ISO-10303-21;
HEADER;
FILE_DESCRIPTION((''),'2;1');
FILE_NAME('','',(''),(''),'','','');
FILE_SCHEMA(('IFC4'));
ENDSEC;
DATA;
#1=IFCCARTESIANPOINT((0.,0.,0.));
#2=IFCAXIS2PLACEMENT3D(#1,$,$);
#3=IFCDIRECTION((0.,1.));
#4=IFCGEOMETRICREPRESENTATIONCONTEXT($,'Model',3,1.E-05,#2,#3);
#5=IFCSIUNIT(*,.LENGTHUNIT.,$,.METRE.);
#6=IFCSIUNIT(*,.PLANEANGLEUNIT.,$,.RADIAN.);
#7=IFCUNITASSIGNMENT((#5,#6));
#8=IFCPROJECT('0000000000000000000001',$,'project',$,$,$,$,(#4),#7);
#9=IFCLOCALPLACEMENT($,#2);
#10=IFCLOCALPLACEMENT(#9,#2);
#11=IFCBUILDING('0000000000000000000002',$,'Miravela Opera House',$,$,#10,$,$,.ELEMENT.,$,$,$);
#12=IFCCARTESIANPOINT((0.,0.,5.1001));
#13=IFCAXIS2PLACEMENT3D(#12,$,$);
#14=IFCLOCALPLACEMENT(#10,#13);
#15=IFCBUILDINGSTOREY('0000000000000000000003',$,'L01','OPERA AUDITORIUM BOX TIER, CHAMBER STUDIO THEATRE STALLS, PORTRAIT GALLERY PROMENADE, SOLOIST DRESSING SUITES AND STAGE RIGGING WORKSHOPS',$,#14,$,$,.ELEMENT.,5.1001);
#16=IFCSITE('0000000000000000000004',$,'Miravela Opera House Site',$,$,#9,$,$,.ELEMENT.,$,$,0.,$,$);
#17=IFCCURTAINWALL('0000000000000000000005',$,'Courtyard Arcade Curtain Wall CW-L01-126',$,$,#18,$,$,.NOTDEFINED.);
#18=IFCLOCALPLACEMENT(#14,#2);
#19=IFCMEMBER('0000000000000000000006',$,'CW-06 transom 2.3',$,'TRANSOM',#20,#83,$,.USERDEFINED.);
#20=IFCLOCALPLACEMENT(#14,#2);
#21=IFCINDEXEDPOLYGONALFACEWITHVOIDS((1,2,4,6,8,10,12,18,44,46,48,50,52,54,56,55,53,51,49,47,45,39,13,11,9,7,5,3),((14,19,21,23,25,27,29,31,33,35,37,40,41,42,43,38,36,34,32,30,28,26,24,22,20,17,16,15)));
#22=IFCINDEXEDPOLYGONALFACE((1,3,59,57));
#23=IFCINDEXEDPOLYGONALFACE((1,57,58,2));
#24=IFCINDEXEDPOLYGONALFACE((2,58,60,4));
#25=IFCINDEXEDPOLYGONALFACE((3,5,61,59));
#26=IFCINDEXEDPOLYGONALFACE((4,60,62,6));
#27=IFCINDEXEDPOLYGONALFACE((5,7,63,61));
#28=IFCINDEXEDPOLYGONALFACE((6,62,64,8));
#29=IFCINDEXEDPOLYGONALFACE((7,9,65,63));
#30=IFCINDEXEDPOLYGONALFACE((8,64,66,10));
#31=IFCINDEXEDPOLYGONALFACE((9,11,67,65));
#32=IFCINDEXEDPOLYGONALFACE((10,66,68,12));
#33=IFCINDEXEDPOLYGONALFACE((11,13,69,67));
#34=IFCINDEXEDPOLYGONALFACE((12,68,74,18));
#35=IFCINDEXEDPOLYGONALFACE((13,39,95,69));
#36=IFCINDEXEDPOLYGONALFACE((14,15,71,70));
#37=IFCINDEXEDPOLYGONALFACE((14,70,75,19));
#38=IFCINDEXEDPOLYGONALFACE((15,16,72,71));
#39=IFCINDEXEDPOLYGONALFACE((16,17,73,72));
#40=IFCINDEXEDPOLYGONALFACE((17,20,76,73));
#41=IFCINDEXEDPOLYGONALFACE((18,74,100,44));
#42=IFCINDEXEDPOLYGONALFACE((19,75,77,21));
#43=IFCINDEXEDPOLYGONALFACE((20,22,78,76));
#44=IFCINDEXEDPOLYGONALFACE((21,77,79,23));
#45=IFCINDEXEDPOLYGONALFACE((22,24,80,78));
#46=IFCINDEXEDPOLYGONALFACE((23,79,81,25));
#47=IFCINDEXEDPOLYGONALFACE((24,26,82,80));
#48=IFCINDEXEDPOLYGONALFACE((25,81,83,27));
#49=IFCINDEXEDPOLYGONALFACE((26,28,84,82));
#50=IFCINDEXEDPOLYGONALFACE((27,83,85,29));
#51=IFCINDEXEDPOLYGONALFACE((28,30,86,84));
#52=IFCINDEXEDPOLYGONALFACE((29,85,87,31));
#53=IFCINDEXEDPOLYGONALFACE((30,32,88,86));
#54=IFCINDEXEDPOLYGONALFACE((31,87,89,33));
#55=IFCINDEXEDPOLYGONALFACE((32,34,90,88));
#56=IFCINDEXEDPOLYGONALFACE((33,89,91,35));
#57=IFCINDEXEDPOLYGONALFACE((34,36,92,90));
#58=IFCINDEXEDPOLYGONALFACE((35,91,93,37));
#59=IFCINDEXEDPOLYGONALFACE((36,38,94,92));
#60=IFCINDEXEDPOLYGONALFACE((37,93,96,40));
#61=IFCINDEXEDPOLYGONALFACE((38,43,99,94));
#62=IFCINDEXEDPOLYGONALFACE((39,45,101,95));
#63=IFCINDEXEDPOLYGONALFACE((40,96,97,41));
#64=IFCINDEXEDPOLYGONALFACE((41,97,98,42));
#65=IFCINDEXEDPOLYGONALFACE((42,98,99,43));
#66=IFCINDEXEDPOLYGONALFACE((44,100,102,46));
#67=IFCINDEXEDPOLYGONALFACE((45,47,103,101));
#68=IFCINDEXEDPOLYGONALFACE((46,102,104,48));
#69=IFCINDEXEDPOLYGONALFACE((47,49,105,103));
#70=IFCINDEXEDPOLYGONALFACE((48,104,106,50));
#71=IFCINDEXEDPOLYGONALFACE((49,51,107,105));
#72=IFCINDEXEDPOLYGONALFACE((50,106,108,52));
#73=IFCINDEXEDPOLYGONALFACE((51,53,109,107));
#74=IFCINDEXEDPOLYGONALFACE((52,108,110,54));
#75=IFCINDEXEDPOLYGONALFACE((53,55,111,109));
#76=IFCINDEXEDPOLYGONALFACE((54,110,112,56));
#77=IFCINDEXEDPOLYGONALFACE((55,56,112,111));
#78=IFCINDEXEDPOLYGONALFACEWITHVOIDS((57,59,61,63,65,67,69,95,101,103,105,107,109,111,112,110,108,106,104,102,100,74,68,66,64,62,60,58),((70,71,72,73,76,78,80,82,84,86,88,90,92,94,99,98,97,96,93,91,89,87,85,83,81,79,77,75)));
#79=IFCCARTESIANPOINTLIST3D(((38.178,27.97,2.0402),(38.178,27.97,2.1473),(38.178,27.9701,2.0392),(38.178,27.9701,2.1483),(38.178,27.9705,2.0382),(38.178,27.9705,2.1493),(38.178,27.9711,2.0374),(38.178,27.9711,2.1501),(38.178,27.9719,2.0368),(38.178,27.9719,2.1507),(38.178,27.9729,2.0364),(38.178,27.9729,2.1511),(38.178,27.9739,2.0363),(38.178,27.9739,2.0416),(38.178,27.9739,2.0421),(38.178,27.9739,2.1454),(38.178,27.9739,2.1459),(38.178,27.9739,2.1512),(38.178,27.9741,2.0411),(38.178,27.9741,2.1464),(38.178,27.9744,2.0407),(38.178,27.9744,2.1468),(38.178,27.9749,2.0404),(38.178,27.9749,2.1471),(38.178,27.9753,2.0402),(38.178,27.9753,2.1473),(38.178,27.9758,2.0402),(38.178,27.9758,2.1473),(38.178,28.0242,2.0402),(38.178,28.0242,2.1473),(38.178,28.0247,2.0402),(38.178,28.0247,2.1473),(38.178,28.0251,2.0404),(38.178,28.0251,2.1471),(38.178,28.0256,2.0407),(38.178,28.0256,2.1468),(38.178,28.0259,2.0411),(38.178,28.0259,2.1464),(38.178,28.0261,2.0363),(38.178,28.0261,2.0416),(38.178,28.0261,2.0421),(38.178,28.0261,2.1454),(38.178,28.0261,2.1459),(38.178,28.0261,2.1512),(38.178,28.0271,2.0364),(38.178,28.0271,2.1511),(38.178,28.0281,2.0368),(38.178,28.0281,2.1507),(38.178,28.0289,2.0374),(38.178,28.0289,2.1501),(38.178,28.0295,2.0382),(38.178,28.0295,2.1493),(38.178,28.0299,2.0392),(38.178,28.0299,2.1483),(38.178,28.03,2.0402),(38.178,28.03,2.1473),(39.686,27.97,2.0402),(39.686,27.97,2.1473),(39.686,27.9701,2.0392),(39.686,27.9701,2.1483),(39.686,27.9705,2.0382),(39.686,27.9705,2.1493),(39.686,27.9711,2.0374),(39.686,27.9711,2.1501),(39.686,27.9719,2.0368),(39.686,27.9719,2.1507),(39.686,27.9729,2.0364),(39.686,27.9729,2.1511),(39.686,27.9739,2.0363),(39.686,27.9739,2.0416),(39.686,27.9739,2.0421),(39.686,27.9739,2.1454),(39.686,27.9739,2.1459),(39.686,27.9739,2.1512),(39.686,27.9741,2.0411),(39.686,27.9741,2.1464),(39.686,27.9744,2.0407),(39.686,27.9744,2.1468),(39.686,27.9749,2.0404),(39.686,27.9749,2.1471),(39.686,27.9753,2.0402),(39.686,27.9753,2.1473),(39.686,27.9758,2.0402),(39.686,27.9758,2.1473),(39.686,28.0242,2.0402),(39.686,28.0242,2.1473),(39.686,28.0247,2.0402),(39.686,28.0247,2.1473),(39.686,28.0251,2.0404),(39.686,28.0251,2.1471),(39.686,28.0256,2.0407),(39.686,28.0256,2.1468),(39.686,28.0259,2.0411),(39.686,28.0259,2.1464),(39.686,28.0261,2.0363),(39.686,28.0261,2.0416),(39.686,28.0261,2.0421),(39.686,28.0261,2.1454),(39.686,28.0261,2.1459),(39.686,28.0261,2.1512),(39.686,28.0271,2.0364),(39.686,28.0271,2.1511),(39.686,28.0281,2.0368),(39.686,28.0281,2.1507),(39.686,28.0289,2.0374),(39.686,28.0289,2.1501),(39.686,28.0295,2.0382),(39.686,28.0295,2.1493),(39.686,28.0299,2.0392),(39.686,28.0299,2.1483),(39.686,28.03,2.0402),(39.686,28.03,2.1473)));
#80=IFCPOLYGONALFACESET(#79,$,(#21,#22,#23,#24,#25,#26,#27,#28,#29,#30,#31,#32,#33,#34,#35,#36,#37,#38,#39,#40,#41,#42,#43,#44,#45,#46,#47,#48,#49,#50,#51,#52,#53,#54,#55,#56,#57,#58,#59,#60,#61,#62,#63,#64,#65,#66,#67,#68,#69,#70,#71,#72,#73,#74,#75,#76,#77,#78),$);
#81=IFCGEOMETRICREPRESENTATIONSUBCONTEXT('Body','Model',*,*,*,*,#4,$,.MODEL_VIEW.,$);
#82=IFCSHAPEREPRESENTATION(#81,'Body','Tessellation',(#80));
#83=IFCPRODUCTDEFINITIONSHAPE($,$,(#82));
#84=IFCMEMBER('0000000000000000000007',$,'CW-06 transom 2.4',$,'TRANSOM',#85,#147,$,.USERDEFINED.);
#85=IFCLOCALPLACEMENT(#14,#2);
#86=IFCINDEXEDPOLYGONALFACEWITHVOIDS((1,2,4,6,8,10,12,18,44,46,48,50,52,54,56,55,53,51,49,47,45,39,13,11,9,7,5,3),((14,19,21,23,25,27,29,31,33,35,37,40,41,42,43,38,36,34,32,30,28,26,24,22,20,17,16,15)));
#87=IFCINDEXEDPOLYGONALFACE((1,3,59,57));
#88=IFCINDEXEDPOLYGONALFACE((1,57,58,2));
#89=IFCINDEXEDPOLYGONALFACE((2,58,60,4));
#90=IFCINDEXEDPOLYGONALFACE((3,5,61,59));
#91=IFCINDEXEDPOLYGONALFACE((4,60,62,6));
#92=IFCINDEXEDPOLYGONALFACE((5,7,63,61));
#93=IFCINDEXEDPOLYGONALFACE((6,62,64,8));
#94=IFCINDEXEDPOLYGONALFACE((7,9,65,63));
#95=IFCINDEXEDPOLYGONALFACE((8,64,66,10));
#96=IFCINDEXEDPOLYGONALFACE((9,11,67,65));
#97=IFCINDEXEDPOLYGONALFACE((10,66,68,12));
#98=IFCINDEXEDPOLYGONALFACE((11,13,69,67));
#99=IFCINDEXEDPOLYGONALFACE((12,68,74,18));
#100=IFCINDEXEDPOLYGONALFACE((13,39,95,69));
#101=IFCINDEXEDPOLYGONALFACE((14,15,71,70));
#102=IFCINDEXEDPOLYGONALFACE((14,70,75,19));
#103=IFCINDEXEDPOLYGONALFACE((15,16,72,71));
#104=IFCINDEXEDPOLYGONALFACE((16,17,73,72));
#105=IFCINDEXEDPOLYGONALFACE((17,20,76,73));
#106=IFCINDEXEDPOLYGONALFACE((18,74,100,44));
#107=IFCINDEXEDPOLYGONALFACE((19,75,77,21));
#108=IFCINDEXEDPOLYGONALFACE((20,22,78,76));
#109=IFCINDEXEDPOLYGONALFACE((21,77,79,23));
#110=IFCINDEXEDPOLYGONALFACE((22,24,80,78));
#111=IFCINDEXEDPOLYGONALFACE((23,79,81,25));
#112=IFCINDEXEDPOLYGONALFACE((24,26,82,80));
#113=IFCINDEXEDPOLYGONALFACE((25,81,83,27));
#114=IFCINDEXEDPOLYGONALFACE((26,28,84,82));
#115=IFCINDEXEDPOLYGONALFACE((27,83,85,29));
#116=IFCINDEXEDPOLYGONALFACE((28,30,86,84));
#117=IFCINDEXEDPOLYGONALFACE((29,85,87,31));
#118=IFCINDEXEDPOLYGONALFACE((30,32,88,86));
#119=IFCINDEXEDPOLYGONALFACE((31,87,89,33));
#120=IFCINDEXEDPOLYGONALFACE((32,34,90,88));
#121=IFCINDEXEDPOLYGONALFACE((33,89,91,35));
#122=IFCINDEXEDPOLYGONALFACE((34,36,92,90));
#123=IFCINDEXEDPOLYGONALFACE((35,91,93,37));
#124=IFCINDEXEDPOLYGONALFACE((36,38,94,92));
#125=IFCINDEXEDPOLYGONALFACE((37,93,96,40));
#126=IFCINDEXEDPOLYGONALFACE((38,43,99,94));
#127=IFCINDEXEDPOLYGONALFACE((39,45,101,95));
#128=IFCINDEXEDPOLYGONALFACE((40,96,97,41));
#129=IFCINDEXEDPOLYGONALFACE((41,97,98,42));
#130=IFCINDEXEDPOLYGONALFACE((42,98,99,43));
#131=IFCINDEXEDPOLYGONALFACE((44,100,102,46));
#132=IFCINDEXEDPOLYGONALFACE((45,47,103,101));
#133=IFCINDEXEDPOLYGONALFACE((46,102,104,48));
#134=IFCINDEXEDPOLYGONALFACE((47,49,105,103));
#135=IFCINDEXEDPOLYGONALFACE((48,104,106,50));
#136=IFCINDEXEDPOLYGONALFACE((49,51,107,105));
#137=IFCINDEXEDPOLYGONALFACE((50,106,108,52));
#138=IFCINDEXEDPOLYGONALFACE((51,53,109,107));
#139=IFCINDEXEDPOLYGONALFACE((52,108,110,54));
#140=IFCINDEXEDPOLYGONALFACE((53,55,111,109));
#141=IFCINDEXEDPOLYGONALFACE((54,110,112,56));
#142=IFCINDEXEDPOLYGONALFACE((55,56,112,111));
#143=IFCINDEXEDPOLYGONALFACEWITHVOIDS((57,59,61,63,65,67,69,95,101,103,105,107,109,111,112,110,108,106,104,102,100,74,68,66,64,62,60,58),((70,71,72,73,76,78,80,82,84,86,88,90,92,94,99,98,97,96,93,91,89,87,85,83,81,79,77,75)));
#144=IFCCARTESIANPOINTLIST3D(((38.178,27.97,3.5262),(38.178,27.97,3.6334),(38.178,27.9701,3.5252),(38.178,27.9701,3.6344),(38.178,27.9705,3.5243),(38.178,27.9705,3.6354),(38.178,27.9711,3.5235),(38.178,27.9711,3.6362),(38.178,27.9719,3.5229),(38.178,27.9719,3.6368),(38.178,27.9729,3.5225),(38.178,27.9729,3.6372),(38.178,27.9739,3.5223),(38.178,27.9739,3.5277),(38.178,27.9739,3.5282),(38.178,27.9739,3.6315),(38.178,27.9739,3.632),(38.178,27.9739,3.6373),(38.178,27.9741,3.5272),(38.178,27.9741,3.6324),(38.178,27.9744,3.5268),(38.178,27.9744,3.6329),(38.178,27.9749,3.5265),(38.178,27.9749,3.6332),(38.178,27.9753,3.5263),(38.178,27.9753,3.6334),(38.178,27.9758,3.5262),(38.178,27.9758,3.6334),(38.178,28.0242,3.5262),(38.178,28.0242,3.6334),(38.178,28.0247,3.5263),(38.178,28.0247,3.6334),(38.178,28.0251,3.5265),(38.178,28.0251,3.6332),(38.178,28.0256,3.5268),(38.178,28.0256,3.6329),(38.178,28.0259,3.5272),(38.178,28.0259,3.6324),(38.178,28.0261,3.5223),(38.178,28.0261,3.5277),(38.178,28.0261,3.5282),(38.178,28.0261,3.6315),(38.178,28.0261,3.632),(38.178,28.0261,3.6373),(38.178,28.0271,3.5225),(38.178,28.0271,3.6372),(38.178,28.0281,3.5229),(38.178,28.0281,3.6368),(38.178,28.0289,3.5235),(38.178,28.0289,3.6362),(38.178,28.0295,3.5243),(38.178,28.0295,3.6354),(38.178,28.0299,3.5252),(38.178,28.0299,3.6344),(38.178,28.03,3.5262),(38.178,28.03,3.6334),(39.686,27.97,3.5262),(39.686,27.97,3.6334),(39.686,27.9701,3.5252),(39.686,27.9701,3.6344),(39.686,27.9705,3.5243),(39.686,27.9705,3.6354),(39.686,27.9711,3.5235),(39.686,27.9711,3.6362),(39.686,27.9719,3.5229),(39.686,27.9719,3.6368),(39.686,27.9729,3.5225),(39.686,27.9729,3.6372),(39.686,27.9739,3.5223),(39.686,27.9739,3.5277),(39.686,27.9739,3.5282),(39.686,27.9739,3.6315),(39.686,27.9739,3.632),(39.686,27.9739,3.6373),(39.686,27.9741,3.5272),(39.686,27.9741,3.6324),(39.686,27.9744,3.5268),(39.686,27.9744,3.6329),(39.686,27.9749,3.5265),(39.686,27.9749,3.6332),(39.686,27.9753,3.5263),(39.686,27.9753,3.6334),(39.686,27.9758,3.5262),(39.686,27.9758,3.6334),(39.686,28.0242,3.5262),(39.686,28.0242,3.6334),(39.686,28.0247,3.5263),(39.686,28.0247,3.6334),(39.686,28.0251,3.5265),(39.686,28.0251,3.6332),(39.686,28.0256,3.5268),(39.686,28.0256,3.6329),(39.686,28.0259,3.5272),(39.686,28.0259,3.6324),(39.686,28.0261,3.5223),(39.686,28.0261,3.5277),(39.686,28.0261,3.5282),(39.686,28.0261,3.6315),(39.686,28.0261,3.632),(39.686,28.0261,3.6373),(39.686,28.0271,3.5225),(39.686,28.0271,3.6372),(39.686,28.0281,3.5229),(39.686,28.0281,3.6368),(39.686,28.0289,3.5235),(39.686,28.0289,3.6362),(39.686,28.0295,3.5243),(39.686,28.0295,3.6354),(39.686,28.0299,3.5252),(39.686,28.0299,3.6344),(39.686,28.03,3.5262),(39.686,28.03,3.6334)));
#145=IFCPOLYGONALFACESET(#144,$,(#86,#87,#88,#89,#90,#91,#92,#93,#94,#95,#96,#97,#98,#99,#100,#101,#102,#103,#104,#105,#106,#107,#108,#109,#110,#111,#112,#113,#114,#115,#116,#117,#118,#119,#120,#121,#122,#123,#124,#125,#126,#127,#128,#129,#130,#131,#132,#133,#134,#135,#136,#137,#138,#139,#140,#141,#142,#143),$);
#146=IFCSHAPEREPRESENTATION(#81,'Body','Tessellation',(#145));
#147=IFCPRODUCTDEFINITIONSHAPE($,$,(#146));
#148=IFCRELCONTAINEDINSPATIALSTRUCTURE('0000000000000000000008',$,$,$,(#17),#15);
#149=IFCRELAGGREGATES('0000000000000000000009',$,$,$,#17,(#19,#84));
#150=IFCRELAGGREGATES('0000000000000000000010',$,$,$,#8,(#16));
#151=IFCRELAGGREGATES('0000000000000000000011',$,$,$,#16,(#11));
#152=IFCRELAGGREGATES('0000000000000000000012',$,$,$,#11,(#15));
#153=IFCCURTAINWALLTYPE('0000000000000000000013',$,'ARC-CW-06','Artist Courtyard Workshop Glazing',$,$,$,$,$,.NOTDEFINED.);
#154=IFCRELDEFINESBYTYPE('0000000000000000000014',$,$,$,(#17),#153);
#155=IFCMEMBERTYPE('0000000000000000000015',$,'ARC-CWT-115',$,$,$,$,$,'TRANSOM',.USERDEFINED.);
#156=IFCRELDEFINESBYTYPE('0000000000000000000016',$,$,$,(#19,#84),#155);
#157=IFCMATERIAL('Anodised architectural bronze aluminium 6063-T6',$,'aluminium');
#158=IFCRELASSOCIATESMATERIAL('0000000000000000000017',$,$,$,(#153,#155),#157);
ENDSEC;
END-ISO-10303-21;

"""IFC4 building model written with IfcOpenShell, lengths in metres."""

from ifc_helpers import new_model, si_unit, direction, frame, origin, origin_2d, place, context, subcontext, project, spatial, hollow_rectangle, extrude, material, material_profile, profile_set, type_object, element, aggregate, save


model = new_model("IFC4")

# Units and contexts
model_context = context("Model", 3, precision=1e-05, world=origin(), true_north=direction((0.0, 1.0)))
body_context = subcontext(model_context, "Body", "Model", "MODEL_VIEW")
ifc_project = project(units=[si_unit("LENGTHUNIT", "METRE"), si_unit("PLANEANGLEUNIT", "RADIAN")], contexts=[model_context])

# Site, building, storey
site_placement = place(None, origin())
site = spatial("IfcSite", under=ifc_project, at=site_placement, Name="Miravela Opera House Site", CompositionType="ELEMENT", RefElevation=0.0)
building_placement = place(site_placement, origin())
building = spatial("IfcBuilding", under=site, at=building_placement, Name="Miravela Opera House", CompositionType="ELEMENT")
storey_placement = place(building_placement, frame((0.0, 0.0, 5.1001)))
storey = spatial("IfcBuildingStorey", under=building, at=storey_placement, Name="L01", Description="OPERA AUDITORIUM BOX TIER, CHAMBER STUDIO THEATRE STALLS, PORTRAIT GALLERY PROMENADE, SOLOIST DRESSING SUITES AND STAGE RIGGING WORKSHOPS", CompositionType="ELEMENT", Elevation=5.1001)

# Shared definitions
ifc_material_1 = material(Name="Anodised architectural bronze aluminium 6063-T6", Category="aluminium")
curtain_wall_type = type_object("IfcCurtainWallType", Name="ARC-CW-06", Description="Artist Courtyard Workshop Glazing", PredefinedType="NOTDEFINED", material=ifc_material_1)

# Curtain wall, members
curtain_wall_1_placement = place(storey_placement, origin())
curtain_wall_1 = element("IfcCurtainWall", 1, at=curtain_wall_1_placement, inside=storey, type_object=curtain_wall_type, Name="Courtyard Arcade Curtain Wall CW-L01-126", PredefinedType="NOTDEFINED")
ifc_material_profile_1 = material_profile(ifc_material_1, hollow_rectangle(XDim=0.0601, YDim=0.115, WallThickness=0.0039, InnerFilletRadius=0.002, OuterFilletRadius=0.0039, at=origin_2d()), Name="CWT-60X115")
ifc_profile_set_1 = profile_set([ifc_material_profile_1])
member_type_1 = type_object("IfcMemberType", Name="ARC-CWT-115", ElementType="TRANSOM", PredefinedType="USERDEFINED", material=ifc_profile_set_1)
member_1_placement = place(storey_placement, frame((38.178, 28.0, 2.0938), z_axis=(1.0, 0.0, 0.0), x_axis=(0.0, 1.0, 0.0)))
member_1 = element("IfcMember", 2, at=member_1_placement, type_object=member_type_1, Name="CW-06 transom 2.3", ObjectType="TRANSOM", PredefinedType="USERDEFINED", context=body_context, shape_type="SweptSolid", body=[
    extrude(hollow_rectangle(XDim=0.0601, YDim=0.115, WallThickness=0.0039, InnerFilletRadius=0.002, OuterFilletRadius=0.0039, at=origin_2d()), origin(), (0.0, 0.0, 1.0), 1.5081),
])
member_2_placement = place(storey_placement, frame((38.178, 28.0, 3.5798), z_axis=(1.0, 0.0, 0.0), x_axis=(0.0, 1.0, 0.0)))
member_2 = element("IfcMember", 3, at=member_2_placement, type_object=member_type_1, Name="CW-06 transom 2.4", ObjectType="TRANSOM", PredefinedType="USERDEFINED", context=body_context, shape_type="SweptSolid", body=[
    extrude(hollow_rectangle(XDim=0.0601, YDim=0.115, WallThickness=0.0039, InnerFilletRadius=0.002, OuterFilletRadius=0.0039, at=origin_2d()), origin(), (0.0, 0.0, 1.0), 1.5081),
])

aggregate(curtain_wall_1, [member_1, member_2])

save(model, "model.ifc")
